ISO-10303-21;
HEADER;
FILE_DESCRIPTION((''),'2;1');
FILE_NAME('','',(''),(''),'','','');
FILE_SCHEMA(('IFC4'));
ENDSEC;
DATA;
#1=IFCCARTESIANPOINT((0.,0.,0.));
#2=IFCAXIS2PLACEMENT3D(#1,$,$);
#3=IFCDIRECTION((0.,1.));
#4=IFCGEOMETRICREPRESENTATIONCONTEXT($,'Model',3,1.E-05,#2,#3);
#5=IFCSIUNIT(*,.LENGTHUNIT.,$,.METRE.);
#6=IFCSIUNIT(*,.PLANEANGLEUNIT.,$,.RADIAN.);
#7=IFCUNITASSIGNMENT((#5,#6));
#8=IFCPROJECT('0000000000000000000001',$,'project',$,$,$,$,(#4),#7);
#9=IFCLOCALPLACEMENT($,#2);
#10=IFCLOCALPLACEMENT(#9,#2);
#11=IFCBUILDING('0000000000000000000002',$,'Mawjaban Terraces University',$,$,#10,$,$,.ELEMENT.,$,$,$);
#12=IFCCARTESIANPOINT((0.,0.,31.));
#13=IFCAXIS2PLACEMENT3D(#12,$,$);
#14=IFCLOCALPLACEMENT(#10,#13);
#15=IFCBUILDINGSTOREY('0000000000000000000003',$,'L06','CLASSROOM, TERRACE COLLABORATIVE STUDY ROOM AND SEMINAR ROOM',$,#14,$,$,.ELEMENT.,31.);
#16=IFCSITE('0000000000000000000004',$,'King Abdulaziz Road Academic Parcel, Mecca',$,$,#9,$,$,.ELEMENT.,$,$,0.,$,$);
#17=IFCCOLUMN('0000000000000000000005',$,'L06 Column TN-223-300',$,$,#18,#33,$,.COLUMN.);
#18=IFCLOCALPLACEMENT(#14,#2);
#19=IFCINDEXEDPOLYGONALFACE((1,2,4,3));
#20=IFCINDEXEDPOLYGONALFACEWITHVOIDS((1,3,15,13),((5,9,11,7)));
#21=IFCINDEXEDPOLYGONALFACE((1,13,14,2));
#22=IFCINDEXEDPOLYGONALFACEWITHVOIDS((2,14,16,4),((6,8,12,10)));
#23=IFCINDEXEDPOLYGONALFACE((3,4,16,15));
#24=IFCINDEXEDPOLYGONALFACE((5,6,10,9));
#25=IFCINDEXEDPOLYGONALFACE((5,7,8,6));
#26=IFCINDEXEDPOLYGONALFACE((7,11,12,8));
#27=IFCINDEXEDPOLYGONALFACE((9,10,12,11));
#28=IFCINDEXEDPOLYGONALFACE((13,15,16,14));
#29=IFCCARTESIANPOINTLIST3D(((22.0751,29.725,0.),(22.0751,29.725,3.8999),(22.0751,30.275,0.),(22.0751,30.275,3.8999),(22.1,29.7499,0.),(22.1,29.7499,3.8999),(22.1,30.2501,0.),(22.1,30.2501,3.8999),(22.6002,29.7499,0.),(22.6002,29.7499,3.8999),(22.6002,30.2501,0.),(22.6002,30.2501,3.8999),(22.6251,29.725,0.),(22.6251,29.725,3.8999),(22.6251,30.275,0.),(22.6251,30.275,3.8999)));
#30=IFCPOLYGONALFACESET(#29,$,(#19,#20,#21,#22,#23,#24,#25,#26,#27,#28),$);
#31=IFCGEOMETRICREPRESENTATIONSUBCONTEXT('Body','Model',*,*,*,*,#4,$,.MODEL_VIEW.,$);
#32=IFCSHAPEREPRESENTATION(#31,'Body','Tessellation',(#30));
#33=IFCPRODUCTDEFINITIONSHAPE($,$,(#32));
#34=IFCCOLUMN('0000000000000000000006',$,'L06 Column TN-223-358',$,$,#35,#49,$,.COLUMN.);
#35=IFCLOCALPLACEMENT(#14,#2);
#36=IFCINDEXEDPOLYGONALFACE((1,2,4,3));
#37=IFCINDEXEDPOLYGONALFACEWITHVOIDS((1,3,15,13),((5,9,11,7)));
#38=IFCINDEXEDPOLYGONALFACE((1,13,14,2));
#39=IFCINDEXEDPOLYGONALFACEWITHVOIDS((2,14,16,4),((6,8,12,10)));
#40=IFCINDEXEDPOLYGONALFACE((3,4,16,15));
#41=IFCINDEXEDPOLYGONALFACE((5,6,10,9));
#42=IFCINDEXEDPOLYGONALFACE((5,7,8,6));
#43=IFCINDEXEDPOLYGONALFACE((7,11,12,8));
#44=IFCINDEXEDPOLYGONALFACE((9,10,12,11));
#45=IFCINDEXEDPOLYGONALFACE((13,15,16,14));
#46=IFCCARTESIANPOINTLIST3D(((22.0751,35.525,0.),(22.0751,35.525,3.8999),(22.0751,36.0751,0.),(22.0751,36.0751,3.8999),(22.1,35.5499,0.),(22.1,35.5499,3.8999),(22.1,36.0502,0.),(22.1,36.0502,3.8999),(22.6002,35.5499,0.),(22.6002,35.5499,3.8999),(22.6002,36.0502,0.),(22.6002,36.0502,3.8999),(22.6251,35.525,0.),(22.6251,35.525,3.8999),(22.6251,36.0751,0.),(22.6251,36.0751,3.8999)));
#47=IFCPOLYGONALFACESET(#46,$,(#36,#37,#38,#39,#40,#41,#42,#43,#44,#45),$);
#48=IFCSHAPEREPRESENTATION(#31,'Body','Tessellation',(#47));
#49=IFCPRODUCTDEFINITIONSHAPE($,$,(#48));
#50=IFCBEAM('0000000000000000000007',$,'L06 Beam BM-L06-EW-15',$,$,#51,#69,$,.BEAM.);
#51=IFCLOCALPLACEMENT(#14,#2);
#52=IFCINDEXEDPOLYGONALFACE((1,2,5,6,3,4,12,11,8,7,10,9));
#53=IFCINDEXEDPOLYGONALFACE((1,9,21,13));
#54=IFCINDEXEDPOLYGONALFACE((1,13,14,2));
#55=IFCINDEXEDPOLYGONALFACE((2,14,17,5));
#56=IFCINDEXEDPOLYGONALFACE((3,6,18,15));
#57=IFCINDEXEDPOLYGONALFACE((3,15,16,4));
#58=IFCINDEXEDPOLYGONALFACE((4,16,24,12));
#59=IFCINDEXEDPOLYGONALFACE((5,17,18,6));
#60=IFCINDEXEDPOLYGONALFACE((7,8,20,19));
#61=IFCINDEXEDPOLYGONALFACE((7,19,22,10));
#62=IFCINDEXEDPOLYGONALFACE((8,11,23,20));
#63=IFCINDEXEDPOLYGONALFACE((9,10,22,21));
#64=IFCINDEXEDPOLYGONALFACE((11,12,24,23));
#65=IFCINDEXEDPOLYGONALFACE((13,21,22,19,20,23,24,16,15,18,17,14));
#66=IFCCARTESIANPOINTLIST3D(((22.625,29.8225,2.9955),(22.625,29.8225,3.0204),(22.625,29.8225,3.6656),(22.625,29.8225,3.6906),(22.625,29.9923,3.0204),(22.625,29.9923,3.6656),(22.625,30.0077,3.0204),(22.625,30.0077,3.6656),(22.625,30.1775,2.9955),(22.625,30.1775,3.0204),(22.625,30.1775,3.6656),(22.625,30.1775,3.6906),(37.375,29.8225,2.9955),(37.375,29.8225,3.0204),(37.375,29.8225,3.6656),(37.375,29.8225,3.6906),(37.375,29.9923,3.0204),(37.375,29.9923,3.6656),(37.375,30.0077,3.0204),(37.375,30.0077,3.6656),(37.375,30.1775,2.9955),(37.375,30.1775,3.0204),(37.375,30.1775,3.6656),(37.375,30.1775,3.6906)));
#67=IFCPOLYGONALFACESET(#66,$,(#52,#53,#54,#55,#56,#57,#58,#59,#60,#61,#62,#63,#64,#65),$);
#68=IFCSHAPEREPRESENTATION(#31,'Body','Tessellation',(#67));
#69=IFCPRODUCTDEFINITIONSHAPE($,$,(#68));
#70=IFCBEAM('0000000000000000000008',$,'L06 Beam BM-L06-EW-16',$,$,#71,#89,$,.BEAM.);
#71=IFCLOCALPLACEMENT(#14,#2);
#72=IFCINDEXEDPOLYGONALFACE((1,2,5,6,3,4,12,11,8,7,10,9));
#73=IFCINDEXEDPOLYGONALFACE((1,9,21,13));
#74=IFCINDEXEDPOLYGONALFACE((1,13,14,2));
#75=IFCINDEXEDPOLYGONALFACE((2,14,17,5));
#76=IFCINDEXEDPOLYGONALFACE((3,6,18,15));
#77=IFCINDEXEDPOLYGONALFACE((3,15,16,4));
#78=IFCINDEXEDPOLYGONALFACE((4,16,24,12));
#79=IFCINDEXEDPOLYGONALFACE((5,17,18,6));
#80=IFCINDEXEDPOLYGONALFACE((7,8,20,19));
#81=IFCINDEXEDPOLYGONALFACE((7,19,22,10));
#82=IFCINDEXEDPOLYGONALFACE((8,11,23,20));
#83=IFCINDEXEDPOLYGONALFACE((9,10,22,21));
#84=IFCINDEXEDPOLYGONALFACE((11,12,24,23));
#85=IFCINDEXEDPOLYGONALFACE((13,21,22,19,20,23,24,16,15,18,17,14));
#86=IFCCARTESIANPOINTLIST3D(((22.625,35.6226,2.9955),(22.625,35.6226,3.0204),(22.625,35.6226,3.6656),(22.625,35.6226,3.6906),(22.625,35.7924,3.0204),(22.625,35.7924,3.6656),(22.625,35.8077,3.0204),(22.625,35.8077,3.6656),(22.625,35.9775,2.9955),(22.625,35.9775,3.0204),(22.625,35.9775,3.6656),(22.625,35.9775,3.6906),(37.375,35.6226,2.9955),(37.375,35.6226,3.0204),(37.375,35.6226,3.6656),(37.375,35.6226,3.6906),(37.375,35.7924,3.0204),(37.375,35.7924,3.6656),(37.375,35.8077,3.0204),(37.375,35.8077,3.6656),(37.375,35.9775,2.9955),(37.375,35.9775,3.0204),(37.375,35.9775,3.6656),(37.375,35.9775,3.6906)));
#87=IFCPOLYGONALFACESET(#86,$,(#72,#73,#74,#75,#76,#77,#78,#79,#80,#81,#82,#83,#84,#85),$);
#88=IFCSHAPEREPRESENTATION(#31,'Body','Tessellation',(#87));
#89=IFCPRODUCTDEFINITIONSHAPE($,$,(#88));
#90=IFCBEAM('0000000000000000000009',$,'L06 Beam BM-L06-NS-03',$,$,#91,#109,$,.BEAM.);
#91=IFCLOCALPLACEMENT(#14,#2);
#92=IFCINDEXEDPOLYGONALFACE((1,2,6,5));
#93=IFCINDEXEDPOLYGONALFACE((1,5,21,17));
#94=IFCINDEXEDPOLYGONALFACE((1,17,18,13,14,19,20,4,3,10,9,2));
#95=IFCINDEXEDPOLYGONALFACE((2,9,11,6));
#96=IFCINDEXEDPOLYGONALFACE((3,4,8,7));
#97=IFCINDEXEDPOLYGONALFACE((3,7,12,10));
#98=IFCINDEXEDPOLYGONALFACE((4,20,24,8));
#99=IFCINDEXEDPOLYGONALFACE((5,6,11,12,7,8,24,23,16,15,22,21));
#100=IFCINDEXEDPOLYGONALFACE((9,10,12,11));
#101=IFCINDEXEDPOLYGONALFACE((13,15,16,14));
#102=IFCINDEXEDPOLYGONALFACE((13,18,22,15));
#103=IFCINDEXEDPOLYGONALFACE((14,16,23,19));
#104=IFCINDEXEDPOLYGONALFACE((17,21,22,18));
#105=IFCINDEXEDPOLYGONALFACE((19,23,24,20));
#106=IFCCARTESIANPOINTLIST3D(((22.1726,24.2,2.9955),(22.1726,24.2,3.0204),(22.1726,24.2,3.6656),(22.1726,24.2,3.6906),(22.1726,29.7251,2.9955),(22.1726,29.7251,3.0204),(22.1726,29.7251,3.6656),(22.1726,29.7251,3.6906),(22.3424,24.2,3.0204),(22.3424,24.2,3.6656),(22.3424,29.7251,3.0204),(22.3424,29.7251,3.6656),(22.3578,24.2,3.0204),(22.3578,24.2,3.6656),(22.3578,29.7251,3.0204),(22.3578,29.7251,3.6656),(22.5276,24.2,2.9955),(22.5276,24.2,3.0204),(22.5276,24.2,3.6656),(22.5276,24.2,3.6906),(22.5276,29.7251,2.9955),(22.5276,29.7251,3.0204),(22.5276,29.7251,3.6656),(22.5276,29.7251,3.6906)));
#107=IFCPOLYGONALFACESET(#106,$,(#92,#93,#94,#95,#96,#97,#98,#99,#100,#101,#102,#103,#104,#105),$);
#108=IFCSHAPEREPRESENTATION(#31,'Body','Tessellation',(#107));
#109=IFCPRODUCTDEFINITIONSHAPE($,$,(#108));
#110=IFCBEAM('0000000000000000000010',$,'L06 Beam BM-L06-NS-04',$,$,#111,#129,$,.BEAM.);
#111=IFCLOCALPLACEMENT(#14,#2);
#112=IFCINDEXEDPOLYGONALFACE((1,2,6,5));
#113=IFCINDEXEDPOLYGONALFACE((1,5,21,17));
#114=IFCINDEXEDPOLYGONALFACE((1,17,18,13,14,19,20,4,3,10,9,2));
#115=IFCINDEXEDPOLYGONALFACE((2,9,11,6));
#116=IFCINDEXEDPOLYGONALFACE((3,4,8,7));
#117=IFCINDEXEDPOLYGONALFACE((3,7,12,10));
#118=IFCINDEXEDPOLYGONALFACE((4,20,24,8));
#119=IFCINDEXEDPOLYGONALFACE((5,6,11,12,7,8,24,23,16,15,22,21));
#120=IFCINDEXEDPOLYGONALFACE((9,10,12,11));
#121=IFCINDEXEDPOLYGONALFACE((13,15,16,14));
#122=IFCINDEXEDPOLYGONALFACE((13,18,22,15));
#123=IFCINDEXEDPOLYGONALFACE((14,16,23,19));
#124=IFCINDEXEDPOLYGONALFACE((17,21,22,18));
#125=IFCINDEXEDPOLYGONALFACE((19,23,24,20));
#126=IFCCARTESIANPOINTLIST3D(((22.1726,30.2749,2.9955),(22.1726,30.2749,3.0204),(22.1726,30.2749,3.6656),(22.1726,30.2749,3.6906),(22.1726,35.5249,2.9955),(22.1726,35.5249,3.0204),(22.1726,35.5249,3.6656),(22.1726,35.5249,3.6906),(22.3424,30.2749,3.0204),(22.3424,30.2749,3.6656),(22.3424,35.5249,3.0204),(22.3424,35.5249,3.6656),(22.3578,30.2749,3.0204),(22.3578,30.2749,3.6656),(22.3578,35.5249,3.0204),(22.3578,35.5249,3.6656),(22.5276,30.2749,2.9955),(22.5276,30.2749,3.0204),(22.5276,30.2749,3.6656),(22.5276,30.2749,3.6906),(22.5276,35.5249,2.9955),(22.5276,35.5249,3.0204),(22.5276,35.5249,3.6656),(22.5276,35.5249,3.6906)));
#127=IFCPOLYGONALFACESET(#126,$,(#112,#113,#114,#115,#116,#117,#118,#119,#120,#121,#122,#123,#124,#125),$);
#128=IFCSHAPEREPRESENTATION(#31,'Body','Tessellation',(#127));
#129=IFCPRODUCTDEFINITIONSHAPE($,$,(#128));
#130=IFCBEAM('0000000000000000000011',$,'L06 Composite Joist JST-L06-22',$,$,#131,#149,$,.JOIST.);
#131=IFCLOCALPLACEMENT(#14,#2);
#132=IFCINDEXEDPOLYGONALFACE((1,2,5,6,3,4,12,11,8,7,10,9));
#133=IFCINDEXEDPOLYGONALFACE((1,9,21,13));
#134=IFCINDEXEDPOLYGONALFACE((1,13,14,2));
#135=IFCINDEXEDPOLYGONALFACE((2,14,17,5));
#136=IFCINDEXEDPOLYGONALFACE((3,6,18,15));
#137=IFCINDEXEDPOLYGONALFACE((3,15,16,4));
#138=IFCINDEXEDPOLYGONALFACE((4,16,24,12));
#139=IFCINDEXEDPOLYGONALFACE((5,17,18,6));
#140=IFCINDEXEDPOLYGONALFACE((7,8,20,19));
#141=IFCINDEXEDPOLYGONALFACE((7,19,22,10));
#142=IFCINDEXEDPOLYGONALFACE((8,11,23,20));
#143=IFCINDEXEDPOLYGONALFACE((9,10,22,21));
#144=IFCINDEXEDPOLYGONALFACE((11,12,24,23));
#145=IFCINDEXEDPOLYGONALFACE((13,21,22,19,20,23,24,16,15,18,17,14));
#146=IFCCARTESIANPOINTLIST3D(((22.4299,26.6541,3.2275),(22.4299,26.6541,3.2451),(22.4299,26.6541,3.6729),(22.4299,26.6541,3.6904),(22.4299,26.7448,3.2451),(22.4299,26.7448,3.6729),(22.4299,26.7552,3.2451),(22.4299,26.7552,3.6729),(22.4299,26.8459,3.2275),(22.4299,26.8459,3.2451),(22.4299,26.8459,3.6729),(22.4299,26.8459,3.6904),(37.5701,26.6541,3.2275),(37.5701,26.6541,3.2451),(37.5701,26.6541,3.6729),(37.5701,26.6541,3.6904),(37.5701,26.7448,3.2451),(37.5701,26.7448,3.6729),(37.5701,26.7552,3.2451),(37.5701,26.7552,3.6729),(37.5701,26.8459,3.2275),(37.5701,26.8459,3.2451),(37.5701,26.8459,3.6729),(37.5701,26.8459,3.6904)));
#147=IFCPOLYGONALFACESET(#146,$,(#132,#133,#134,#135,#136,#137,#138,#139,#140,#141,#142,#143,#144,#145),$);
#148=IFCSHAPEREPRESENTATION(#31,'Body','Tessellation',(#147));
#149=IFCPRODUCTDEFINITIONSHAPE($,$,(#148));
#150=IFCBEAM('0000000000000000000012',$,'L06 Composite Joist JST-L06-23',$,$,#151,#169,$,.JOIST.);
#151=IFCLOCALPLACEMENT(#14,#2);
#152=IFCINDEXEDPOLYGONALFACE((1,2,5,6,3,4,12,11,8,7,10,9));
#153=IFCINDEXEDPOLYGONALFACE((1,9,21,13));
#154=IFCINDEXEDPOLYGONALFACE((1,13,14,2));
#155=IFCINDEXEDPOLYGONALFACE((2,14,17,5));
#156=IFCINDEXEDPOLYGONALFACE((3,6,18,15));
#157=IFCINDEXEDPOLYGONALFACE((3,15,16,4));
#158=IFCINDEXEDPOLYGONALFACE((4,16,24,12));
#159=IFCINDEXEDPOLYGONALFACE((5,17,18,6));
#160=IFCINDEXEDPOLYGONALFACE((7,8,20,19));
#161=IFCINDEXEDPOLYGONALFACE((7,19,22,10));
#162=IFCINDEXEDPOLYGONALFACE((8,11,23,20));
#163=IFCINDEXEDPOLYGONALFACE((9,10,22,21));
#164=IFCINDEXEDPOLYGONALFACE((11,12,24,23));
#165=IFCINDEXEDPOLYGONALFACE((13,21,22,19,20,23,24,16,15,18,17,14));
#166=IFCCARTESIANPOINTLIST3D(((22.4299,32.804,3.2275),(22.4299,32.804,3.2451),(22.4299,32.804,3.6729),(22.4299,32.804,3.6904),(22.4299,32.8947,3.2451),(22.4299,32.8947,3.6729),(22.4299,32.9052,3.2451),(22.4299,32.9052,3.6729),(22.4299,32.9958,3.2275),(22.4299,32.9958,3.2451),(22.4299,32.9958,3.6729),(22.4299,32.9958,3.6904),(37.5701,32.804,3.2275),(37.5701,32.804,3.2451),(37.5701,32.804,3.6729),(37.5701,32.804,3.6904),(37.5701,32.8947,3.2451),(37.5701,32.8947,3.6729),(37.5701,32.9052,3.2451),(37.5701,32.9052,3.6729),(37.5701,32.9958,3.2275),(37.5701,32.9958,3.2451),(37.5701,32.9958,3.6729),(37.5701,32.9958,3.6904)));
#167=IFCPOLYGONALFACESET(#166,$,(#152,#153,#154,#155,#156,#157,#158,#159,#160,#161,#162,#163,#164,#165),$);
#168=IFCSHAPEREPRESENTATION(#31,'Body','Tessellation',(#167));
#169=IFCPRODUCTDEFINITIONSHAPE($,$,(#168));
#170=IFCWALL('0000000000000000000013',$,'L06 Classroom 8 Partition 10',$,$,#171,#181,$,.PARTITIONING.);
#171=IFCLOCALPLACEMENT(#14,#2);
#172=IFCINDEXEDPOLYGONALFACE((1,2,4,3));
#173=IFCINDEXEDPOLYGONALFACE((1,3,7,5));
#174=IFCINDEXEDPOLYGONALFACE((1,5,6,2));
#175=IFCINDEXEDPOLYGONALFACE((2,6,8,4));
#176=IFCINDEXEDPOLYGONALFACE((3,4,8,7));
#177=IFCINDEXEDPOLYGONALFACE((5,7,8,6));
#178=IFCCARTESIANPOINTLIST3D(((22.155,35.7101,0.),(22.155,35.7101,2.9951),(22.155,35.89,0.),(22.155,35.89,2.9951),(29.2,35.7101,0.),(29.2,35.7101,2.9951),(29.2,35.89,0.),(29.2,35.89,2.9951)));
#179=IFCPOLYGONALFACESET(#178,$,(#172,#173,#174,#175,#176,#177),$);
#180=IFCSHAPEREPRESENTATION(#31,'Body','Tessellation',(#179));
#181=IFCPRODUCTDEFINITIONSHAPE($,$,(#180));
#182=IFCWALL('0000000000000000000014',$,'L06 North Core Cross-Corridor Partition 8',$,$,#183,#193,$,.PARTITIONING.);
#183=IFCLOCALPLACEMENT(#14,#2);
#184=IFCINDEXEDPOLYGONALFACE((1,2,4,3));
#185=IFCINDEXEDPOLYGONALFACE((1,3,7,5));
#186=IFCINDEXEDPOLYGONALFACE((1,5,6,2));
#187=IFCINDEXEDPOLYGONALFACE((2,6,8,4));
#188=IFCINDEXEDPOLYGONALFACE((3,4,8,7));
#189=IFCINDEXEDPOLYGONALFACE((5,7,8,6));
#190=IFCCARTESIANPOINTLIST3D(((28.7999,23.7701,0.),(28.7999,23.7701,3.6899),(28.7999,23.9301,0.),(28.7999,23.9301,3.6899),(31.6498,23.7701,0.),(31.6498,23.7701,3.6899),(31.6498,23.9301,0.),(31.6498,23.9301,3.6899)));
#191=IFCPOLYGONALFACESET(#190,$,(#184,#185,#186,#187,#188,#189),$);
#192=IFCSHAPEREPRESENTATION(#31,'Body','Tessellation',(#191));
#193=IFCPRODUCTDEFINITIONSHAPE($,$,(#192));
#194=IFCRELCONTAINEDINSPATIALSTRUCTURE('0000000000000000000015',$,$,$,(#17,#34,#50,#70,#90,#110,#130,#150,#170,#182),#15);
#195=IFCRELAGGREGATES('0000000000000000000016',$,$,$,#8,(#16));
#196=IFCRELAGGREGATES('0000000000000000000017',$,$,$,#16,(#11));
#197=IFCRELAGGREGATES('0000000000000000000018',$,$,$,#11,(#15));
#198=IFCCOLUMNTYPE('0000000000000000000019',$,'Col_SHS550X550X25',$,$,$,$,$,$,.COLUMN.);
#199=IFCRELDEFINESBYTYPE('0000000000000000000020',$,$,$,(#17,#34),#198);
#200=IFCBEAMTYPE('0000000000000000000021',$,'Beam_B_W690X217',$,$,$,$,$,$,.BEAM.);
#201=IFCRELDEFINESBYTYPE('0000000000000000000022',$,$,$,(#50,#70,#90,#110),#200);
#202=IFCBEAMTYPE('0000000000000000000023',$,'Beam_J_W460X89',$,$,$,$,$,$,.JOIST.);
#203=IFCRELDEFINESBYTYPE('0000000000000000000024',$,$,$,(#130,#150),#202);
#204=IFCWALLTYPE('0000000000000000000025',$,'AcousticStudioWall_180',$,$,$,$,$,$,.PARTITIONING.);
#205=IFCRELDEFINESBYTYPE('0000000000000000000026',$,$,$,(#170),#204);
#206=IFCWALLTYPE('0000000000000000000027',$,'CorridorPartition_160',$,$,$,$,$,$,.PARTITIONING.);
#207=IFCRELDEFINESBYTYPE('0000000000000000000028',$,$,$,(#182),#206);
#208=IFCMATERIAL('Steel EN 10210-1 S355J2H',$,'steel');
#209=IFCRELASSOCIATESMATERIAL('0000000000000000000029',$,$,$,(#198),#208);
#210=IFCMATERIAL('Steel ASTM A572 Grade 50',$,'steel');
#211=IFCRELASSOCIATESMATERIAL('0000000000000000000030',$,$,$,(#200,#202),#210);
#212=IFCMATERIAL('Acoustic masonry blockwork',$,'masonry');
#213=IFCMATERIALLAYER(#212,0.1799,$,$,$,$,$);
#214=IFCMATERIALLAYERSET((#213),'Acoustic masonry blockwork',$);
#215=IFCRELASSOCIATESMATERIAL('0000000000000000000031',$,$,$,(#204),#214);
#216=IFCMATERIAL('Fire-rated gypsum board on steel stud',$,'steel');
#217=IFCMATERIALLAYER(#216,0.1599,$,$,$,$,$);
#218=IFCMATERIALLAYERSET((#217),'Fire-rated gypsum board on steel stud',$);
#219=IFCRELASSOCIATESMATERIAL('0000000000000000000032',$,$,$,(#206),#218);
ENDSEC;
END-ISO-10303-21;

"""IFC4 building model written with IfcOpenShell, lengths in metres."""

from ifc_helpers import new_model, si_unit, direction, frame, frame_2d, origin, origin_2d, place, context, subcontext, project, spatial, rectangle, hollow_rectangle, i_section, extrude, material, layer, layer_set, material_profile, profile_set, type_object, element, save


model = new_model("IFC4")

# Units and contexts
model_context = context("Model", 3, precision=1e-05, world=origin(), true_north=direction((0.0, 1.0)))
body_context = subcontext(model_context, "Body", "Model", "MODEL_VIEW")
ifc_project = project(units=[si_unit("LENGTHUNIT", "METRE"), si_unit("PLANEANGLEUNIT", "RADIAN")], contexts=[model_context])

# Site, building, storey
site_placement = place(None, origin())
site = spatial("IfcSite", under=ifc_project, at=site_placement, Name="King Abdulaziz Road Academic Parcel, Mecca", CompositionType="ELEMENT", RefElevation=0.0)
building_placement = place(site_placement, origin())
building = spatial("IfcBuilding", under=site, at=building_placement, Name="Mawjaban Terraces University", CompositionType="ELEMENT")
storey_placement = place(building_placement, frame((0.0, 0.0, 31.0)))
storey = spatial("IfcBuildingStorey", under=building, at=storey_placement, Name="L06", Description="CLASSROOM, TERRACE COLLABORATIVE STUDY ROOM AND SEMINAR ROOM", CompositionType="ELEMENT", Elevation=31.0)

# Columns
ifc_material_1 = material(Name="Steel EN 10210-1 S355J2H", Category="steel")
ifc_material_profile_1 = material_profile(ifc_material_1, hollow_rectangle(XDim=0.55, YDim=0.55, WallThickness=0.0249, at=origin_2d()), Name="SHS550X550X25")
ifc_profile_set_1 = profile_set([ifc_material_profile_1], Name="Steel EN 10210-1 S355J2H")
column_type = type_object("IfcColumnType", Name="Col_SHS550X550X25", PredefinedType="COLUMN", material=ifc_profile_set_1)
for number, where, z_axis, x_axis, name in (
    (1, (22.3501, 30.0, 0.0), (0.0, 0.0, 1.0), (1.0, 0.0, 0.0), "L06 Column TN-223-300"),
    (2, (22.3501, 35.8, 0.0), (0.0, 0.0, 1.0), (1.0, 0.0, 0.0), "L06 Column TN-223-358"),
):
    element("IfcColumn", number, at=place(storey_placement, frame(where, z_axis=z_axis, x_axis=x_axis)), inside=storey, type_object=column_type, Name=name, PredefinedType="COLUMN", context=body_context, shape_type="SweptSolid", body=[
        extrude(hollow_rectangle(XDim=0.55, YDim=0.55, WallThickness=0.0249, at=origin_2d()), origin(), (0.0, 0.0, 1.0), 3.8999),
    ])

# Beams
ifc_material_2 = material(Name="Steel ASTM A572 Grade 50", Category="steel")
ifc_material_profile_2 = material_profile(ifc_material_2, i_section(OverallWidth=0.355, OverallDepth=0.6951, WebThickness=0.0154, FlangeThickness=0.0249, at=origin_2d()), Name="W690X217")
ifc_profile_set_2 = profile_set([ifc_material_profile_2], Name="Steel ASTM A572 Grade 50")
beam_type_1 = type_object("IfcBeamType", Name="Beam_B_W690X217", PredefinedType="BEAM", material=ifc_profile_set_2)
for number, where, z_axis, x_axis, name in (
    (3, (22.625, 30.0, 3.343), (1.0, 0.0, 0.0), (0.0, 1.0, 0.0), "L06 Beam BM-L06-EW-15"),
    (4, (22.625, 35.8, 3.343), (1.0, 0.0, 0.0), (0.0, 1.0, 0.0), "L06 Beam BM-L06-EW-16"),
):
    element("IfcBeam", number, at=place(storey_placement, frame(where, z_axis=z_axis, x_axis=x_axis)), inside=storey, type_object=beam_type_1, Name=name, PredefinedType="BEAM", context=body_context, shape_type="SweptSolid", body=[
        extrude(i_section(OverallWidth=0.355, OverallDepth=0.6951, WebThickness=0.0154, FlangeThickness=0.0249, at=origin_2d()), origin(), (0.0, 0.0, 1.0), 14.75),
    ])
beam_1_placement = place(storey_placement, frame((22.3501, 24.2, 3.343), z_axis=(0.0, 1.0, 0.0), x_axis=(-1.0, 0.0, 0.0)))
element("IfcBeam", 5, at=beam_1_placement, inside=storey, type_object=beam_type_1, Name="L06 Beam BM-L06-NS-03", PredefinedType="BEAM", context=body_context, shape_type="SweptSolid", body=[
    extrude(i_section(OverallWidth=0.355, OverallDepth=0.6951, WebThickness=0.0154, FlangeThickness=0.0249, at=origin_2d()), origin(), (0.0, 0.0, 1.0), 5.5251),
])
beam_2_placement = place(storey_placement, frame((22.3501, 30.2749, 3.343), z_axis=(0.0, 1.0, 0.0), x_axis=(-1.0, 0.0, 0.0)))
element("IfcBeam", 6, at=beam_2_placement, inside=storey, type_object=beam_type_1, Name="L06 Beam BM-L06-NS-04", PredefinedType="BEAM", context=body_context, shape_type="SweptSolid", body=[
    extrude(i_section(OverallWidth=0.355, OverallDepth=0.6951, WebThickness=0.0154, FlangeThickness=0.0249, at=origin_2d()), origin(), (0.0, 0.0, 1.0), 5.25),
])
ifc_material_profile_3 = material_profile(ifc_material_2, i_section(OverallWidth=0.1919, OverallDepth=0.4629, WebThickness=0.0105, FlangeThickness=0.0176, at=origin_2d()), Name="W460X89")
ifc_profile_set_3 = profile_set([ifc_material_profile_3], Name="Steel ASTM A572 Grade 50")
beam_type_2 = type_object("IfcBeamType", Name="Beam_J_W460X89", PredefinedType="JOIST", material=ifc_profile_set_3)
for number, where, z_axis, x_axis, name in (
    (7, (22.4299, 26.75, 3.459), (1.0, 0.0, 0.0), (0.0, 1.0, 0.0), "L06 Composite Joist JST-L06-22"),
    (8, (22.4299, 32.8999, 3.459), (1.0, 0.0, 0.0), (0.0, 1.0, 0.0), "L06 Composite Joist JST-L06-23"),
):
    element("IfcBeam", number, at=place(storey_placement, frame(where, z_axis=z_axis, x_axis=x_axis)), inside=storey, type_object=beam_type_2, Name=name, PredefinedType="JOIST", context=body_context, shape_type="SweptSolid", body=[
        extrude(i_section(OverallWidth=0.1919, OverallDepth=0.4629, WebThickness=0.0105, FlangeThickness=0.0176, at=origin_2d()), origin(), (0.0, 0.0, 1.0), 15.1401),
    ])

# Walls
ifc_material_3 = material(Name="Acoustic masonry blockwork", Category="masonry")
ifc_layer_1 = layer(ifc_material_3, 0.1799)
ifc_layer_set_1 = layer_set([ifc_layer_1], Name="Acoustic masonry blockwork")
wall_type_1 = type_object("IfcWallType", Name="AcousticStudioWall_180", PredefinedType="PARTITIONING", material=ifc_layer_set_1)
wall_1_placement = place(storey_placement, frame((29.2, 35.8, 0.0), z_axis=(0.0, 0.0, 1.0), x_axis=(-1.0, 0.0, 0.0)))
element("IfcWall", 9, at=wall_1_placement, inside=storey, type_object=wall_type_1, Name="L06 Classroom 8 Partition 10", PredefinedType="PARTITIONING", context=body_context, shape_type="SweptSolid", body=[
    extrude(rectangle(XDim=7.0449, YDim=0.1799, at=frame_2d((3.5225, 0.0))), origin(), (0.0, 0.0, 1.0), 2.9951),
])
ifc_material_4 = material(Name="Fire-rated gypsum board on steel stud", Category="steel")
ifc_layer_2 = layer(ifc_material_4, 0.1599)
ifc_layer_set_2 = layer_set([ifc_layer_2], Name="Fire-rated gypsum board on steel stud")
wall_type_2 = type_object("IfcWallType", Name="CorridorPartition_160", PredefinedType="PARTITIONING", material=ifc_layer_set_2)
wall_2_placement = place(storey_placement, frame((28.8, 23.8501, 0.0), z_axis=(0.0, 0.0, 1.0), x_axis=(1.0, 0.0, 0.0)))
element("IfcWall", 10, at=wall_2_placement, inside=storey, type_object=wall_type_2, Name="L06 North Core Cross-Corridor Partition 8", PredefinedType="PARTITIONING", context=body_context, shape_type="SweptSolid", body=[
    extrude(rectangle(XDim=2.8499, YDim=0.1599, at=frame_2d((1.4248, 0.0))), origin(), (0.0, 0.0, 1.0), 3.6899),
])

save(model, "model.ifc")
